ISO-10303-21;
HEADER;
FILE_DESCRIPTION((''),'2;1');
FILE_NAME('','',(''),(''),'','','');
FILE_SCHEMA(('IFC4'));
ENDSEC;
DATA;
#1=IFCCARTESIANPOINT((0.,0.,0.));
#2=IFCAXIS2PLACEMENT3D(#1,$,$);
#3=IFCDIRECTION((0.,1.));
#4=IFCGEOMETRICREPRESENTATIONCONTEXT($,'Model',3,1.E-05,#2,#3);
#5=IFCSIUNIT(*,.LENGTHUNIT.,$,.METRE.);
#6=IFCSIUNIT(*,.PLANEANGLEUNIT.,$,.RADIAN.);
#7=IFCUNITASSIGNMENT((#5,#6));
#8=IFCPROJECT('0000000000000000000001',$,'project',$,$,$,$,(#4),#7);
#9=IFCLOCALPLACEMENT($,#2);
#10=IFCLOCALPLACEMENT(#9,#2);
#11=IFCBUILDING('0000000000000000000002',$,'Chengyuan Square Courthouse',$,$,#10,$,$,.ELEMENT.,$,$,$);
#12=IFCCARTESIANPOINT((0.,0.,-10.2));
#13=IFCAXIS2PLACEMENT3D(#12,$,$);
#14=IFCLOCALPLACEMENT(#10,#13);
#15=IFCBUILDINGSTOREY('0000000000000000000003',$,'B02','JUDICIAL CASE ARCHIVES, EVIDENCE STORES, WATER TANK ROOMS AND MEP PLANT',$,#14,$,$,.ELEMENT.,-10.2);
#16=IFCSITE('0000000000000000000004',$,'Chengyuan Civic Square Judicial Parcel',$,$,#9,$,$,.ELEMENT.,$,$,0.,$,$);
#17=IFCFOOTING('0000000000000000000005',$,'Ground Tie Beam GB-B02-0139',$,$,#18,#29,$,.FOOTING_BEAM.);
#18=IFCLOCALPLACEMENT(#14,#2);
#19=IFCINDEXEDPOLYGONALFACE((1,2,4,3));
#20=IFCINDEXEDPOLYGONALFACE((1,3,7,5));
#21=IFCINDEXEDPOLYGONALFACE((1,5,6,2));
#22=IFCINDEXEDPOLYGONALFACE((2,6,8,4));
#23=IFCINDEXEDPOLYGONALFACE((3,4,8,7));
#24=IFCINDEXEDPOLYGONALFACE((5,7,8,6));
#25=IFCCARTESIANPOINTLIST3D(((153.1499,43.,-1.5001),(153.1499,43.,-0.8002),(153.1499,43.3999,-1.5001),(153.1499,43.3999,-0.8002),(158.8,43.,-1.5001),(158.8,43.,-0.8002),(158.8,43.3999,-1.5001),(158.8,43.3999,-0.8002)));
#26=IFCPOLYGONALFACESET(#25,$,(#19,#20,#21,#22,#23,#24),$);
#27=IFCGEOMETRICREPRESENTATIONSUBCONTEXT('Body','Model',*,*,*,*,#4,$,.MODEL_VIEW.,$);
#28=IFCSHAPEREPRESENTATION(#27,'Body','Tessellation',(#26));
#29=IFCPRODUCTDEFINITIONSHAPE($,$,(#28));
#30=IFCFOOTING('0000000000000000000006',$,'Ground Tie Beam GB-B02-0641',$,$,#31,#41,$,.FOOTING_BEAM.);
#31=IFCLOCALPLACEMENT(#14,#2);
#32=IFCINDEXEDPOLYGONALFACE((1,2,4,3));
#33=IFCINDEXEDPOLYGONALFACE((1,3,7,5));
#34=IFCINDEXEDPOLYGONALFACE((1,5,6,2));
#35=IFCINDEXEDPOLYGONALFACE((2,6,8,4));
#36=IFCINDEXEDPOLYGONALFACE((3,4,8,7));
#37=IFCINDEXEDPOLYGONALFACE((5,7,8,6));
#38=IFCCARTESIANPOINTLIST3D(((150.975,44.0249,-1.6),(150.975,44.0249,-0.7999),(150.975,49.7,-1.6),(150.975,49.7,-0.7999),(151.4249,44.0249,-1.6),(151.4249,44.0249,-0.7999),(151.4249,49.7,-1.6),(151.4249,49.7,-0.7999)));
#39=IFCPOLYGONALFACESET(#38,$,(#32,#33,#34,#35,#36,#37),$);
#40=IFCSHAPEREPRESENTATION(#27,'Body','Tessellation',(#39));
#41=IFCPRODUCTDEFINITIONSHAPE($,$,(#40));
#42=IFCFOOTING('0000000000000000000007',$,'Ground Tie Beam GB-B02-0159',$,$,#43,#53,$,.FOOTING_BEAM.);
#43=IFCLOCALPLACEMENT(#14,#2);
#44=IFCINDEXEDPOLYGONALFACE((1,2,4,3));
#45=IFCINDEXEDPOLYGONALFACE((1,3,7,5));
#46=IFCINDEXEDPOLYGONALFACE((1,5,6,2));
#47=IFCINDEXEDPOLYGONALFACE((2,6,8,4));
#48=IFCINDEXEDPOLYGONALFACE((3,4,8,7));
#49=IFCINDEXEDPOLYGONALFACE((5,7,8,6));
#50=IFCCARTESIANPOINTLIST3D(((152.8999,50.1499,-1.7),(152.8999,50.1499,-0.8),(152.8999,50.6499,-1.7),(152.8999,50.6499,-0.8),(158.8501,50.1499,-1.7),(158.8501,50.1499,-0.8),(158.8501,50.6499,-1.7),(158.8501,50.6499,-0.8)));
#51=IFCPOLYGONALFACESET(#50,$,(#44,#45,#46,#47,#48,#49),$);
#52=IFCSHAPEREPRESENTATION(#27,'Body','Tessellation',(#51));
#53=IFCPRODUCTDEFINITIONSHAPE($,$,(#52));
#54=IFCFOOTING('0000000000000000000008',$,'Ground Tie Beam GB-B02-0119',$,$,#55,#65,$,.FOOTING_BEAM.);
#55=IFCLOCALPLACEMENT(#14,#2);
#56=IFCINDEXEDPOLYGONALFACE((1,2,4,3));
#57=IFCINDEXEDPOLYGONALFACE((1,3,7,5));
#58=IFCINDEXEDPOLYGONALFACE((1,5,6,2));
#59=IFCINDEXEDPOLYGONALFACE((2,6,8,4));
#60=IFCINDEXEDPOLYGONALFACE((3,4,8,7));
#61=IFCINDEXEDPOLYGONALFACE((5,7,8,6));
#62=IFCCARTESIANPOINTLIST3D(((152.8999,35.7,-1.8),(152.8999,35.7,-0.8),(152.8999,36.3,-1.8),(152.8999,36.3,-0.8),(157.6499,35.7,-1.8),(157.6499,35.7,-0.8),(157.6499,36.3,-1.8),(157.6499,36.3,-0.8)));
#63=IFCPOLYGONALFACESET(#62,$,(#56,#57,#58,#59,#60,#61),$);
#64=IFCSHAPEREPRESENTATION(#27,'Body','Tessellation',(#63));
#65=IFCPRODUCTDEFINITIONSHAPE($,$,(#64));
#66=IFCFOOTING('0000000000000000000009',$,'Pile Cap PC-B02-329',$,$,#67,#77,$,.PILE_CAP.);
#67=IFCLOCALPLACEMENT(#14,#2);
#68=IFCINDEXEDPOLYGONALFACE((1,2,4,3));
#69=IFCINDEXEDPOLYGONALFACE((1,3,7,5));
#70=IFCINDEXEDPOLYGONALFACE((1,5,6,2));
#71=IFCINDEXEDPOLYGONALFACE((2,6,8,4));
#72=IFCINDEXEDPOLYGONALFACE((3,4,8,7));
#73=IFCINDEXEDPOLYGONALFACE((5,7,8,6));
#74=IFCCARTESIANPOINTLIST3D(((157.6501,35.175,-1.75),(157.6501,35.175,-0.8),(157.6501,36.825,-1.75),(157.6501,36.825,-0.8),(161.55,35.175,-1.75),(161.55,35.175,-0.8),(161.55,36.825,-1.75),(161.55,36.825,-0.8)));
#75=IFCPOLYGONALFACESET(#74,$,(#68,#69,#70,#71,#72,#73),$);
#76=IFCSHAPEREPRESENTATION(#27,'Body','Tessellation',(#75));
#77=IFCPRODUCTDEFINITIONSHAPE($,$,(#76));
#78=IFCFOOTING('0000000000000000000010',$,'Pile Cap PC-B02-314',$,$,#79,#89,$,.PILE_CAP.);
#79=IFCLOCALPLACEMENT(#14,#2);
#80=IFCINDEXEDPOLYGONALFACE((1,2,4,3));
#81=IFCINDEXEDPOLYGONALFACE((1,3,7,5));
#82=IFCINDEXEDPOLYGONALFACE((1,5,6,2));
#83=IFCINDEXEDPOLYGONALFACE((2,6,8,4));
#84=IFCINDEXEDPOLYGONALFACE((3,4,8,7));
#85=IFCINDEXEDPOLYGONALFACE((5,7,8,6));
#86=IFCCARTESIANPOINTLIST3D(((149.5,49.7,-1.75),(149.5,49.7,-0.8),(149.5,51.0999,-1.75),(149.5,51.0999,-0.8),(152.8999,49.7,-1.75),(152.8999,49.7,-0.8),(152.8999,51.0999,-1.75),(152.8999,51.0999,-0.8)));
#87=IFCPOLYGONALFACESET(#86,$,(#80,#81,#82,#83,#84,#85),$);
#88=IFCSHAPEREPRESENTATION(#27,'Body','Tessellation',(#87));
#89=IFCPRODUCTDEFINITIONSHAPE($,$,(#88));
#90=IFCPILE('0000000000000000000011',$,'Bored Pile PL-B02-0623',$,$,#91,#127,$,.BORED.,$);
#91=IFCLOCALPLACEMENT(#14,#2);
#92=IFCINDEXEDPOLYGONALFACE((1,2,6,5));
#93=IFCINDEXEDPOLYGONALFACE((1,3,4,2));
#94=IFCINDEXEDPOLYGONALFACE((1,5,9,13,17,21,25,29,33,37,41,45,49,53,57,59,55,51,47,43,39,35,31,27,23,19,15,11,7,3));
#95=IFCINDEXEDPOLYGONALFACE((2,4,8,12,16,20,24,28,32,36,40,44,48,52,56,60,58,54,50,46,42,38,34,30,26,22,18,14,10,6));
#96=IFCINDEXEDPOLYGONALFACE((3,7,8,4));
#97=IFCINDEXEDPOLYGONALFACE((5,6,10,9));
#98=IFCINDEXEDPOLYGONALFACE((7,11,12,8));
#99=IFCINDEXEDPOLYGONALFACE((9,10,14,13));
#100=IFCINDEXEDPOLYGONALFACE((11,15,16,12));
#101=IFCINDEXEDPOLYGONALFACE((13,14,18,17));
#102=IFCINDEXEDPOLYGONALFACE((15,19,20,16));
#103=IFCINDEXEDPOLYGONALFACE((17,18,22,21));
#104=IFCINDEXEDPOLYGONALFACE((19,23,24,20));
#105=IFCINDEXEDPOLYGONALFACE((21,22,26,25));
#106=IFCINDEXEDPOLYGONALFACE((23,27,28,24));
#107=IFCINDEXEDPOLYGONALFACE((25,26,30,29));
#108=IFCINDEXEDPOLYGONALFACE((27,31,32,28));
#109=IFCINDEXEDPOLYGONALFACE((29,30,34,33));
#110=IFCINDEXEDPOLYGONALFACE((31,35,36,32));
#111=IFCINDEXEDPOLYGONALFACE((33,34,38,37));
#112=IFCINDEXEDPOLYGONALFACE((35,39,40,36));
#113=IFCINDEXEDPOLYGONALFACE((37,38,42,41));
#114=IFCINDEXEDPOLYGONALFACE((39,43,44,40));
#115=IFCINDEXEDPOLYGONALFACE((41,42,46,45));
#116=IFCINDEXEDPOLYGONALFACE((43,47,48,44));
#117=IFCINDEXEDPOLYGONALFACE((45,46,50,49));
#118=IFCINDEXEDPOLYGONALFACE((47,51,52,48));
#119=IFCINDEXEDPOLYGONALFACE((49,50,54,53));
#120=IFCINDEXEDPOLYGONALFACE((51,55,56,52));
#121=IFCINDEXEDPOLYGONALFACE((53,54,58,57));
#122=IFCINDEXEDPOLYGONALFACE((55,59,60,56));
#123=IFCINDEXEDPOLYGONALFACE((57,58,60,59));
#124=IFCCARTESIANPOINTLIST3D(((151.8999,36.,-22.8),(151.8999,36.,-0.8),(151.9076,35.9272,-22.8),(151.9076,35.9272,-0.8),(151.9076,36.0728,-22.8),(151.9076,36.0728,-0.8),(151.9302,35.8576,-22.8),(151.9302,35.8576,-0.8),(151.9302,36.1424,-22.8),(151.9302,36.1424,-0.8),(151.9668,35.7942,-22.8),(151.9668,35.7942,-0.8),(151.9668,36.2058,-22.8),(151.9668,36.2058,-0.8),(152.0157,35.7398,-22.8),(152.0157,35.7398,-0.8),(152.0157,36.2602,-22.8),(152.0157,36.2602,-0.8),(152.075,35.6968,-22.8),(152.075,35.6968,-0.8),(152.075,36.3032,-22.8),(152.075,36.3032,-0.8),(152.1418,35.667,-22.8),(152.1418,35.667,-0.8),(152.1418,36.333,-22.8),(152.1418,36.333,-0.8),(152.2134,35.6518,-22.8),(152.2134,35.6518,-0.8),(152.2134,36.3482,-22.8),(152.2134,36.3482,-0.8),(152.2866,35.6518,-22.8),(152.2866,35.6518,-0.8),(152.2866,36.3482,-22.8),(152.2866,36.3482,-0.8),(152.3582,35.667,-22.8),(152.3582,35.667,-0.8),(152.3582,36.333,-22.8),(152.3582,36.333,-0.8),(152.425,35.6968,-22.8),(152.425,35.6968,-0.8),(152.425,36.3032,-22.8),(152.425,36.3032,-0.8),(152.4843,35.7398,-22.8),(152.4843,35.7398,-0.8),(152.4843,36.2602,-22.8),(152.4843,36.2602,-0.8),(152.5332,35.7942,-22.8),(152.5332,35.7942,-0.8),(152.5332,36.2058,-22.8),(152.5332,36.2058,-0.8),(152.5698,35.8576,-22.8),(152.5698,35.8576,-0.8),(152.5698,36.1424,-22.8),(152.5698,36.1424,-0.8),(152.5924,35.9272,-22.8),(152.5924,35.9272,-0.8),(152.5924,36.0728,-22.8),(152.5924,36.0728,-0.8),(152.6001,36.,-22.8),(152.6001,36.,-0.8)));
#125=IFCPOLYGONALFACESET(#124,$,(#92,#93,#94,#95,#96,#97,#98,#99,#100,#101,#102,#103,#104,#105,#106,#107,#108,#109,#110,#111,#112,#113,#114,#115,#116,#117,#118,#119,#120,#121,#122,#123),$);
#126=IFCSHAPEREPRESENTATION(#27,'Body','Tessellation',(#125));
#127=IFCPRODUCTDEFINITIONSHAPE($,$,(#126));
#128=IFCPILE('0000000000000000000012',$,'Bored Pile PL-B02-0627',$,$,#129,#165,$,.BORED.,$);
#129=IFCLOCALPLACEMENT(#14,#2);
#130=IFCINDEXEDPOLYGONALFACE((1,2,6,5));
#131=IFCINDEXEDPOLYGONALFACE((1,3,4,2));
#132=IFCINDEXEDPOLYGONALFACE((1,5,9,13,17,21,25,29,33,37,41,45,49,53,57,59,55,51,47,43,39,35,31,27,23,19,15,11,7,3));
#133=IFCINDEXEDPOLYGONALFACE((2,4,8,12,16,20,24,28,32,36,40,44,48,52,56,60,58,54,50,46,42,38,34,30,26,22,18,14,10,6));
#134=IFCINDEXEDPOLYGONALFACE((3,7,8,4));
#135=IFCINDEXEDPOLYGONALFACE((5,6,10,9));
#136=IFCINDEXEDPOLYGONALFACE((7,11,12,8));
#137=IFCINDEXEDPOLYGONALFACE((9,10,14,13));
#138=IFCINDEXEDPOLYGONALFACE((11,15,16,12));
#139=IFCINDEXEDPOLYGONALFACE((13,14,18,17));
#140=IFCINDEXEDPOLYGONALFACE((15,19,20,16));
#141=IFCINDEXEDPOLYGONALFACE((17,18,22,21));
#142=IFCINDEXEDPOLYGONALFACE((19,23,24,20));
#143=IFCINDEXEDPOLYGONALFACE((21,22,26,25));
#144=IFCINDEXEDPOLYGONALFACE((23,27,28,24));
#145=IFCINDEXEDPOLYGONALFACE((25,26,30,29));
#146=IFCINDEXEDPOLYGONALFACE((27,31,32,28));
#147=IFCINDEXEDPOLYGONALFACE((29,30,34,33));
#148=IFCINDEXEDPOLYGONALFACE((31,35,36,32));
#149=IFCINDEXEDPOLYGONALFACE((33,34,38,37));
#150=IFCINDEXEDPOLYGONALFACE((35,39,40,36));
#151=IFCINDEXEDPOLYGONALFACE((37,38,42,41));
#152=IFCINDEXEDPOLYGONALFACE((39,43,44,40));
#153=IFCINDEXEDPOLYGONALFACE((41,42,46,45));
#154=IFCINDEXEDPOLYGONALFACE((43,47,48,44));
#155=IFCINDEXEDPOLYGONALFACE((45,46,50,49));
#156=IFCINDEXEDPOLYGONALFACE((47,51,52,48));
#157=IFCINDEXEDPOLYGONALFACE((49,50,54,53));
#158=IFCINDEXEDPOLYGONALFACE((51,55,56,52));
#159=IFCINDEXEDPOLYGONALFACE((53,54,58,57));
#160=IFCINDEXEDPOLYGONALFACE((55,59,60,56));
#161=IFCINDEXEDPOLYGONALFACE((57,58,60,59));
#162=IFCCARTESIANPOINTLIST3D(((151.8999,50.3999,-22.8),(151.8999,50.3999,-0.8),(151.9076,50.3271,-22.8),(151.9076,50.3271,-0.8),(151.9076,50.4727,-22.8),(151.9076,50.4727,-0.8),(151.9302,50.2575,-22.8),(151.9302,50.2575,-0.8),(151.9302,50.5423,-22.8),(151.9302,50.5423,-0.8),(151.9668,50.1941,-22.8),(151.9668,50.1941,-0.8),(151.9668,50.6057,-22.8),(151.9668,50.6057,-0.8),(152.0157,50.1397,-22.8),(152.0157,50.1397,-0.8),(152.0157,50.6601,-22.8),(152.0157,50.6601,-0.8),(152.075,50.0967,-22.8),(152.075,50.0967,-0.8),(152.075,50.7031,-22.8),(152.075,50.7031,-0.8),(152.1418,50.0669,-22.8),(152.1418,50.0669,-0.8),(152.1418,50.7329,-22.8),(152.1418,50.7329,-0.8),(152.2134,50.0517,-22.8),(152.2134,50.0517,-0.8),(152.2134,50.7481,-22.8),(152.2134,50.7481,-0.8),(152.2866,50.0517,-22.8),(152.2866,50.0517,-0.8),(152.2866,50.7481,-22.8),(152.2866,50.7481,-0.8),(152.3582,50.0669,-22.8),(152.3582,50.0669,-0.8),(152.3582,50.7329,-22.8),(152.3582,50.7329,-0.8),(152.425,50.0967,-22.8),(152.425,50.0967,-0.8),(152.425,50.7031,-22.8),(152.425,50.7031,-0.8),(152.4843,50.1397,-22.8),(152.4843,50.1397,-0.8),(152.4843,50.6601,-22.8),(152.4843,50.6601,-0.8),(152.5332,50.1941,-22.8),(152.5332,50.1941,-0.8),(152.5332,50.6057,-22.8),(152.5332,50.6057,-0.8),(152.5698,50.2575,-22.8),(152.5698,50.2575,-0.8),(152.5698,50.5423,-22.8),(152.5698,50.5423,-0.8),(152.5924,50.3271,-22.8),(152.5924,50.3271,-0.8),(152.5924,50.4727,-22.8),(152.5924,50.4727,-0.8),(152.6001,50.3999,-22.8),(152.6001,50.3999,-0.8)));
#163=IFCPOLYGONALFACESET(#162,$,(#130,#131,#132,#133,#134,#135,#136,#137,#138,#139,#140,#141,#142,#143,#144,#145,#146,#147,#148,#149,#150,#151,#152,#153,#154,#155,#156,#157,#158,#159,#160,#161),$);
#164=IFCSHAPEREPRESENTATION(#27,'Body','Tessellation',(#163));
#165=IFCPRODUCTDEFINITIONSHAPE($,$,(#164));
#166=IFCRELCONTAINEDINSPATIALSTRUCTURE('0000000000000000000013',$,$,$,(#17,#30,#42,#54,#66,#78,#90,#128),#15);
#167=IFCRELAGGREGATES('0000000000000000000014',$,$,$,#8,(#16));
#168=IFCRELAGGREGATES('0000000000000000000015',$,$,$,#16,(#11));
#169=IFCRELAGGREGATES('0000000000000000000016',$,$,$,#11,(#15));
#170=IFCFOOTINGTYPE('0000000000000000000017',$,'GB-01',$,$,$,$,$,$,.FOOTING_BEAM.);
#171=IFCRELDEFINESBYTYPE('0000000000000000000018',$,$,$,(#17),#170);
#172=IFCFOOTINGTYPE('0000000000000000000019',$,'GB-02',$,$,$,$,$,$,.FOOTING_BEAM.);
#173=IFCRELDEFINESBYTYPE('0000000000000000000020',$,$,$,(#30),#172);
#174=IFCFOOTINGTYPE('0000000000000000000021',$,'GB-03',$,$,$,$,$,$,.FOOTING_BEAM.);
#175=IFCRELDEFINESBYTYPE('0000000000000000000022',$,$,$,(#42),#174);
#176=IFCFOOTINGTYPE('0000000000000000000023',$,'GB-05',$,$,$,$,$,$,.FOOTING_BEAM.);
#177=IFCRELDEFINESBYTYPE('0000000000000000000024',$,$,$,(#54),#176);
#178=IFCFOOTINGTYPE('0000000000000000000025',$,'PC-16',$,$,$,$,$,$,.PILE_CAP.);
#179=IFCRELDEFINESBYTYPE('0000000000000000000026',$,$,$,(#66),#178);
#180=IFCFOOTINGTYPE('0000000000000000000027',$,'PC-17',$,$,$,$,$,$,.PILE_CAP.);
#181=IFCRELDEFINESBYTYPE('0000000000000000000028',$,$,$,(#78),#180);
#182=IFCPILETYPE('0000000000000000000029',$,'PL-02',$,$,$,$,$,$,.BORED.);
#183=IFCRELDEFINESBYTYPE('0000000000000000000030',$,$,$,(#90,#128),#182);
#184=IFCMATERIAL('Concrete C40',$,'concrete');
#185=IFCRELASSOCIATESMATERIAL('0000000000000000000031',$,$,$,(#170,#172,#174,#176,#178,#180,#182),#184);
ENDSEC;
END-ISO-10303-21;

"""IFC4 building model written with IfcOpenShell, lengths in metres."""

from ifc_helpers import new_model, si_unit, direction, frame, origin, origin_2d, place, context, subcontext, project, spatial, rectangle, circle, extrude, material, material_profile, profile_set, type_object, element, save


model = new_model("IFC4")

# Units and contexts
model_context = context("Model", 3, precision=1e-05, world=origin(), true_north=direction((0.0, 1.0)))
body_context = subcontext(model_context, "Body", "Model", "MODEL_VIEW")
ifc_project = project(units=[si_unit("LENGTHUNIT", "METRE"), si_unit("PLANEANGLEUNIT", "RADIAN")], contexts=[model_context])

# Site, building, storey
site_placement = place(None, origin())
site = spatial("IfcSite", under=ifc_project, at=site_placement, Name="Chengyuan Civic Square Judicial Parcel", CompositionType="ELEMENT", RefElevation=0.0)
building_placement = place(site_placement, origin())
building = spatial("IfcBuilding", under=site, at=building_placement, Name="Chengyuan Square Courthouse", CompositionType="ELEMENT")
storey_placement = place(building_placement, frame((0.0, 0.0, -10.2)))
storey = spatial("IfcBuildingStorey", under=building, at=storey_placement, Name="B02", Description="JUDICIAL CASE ARCHIVES, EVIDENCE STORES, WATER TANK ROOMS AND MEP PLANT", CompositionType="ELEMENT", Elevation=-10.2)

# Footings
ifc_material_1 = material(Name="Concrete C40", Category="concrete")
ifc_material_profile_1 = material_profile(ifc_material_1, rectangle(XDim=0.3999, YDim=0.7, at=origin_2d()), Name="GB-400x700")
ifc_profile_set_1 = profile_set([ifc_material_profile_1], Name="Concrete C40")
footing_type_1 = type_object("IfcFootingType", Name="GB-01", PredefinedType="FOOTING_BEAM", material=ifc_profile_set_1)
footing_1_placement = place(storey_placement, frame((153.1499, 43.2, -1.1501), z_axis=(1.0, 0.0, 0.0), x_axis=(0.0, 1.0, 0.0)))
element("IfcFooting", 1, at=footing_1_placement, inside=storey, type_object=footing_type_1, Name="Ground Tie Beam GB-B02-0139", PredefinedType="FOOTING_BEAM", context=body_context, shape_type="SweptSolid", body=[
    extrude(rectangle(XDim=0.3999, YDim=0.7, at=origin_2d()), origin(), (0.0, 0.0, 1.0), 5.6501),
])
ifc_material_profile_2 = material_profile(ifc_material_1, rectangle(XDim=0.45, YDim=0.8, at=origin_2d()), Name="GB-450x800")
ifc_profile_set_2 = profile_set([ifc_material_profile_2], Name="Concrete C40")
footing_type_2 = type_object("IfcFootingType", Name="GB-02", PredefinedType="FOOTING_BEAM", material=ifc_profile_set_2)
footing_2_placement = place(storey_placement, frame((151.2, 44.0249, -1.2), z_axis=(0.0, 1.0, 0.0), x_axis=(-1.0, 0.0, 0.0)))
element("IfcFooting", 2, at=footing_2_placement, inside=storey, type_object=footing_type_2, Name="Ground Tie Beam GB-B02-0641", PredefinedType="FOOTING_BEAM", context=body_context, shape_type="SweptSolid", body=[
    extrude(rectangle(XDim=0.45, YDim=0.8, at=origin_2d()), origin(), (0.0, 0.0, 1.0), 5.675),
])
ifc_material_profile_3 = material_profile(ifc_material_1, rectangle(XDim=0.5, YDim=0.8999, at=origin_2d()), Name="GB-500x900")
ifc_profile_set_3 = profile_set([ifc_material_profile_3], Name="Concrete C40")
footing_type_3 = type_object("IfcFootingType", Name="GB-03", PredefinedType="FOOTING_BEAM", material=ifc_profile_set_3)
footing_3_placement = place(storey_placement, frame((152.8999, 50.3999, -1.25), z_axis=(1.0, 0.0, 0.0), x_axis=(0.0, 1.0, 0.0)))
element("IfcFooting", 3, at=footing_3_placement, inside=storey, type_object=footing_type_3, Name="Ground Tie Beam GB-B02-0159", PredefinedType="FOOTING_BEAM", context=body_context, shape_type="SweptSolid", body=[
    extrude(rectangle(XDim=0.5, YDim=0.8999, at=origin_2d()), origin(), (0.0, 0.0, 1.0), 5.9502),
])
ifc_material_profile_4 = material_profile(ifc_material_1, rectangle(XDim=0.6001, YDim=1.0, at=origin_2d()), Name="GB-600x1000")
ifc_profile_set_4 = profile_set([ifc_material_profile_4], Name="Concrete C40")
footing_type_4 = type_object("IfcFootingType", Name="GB-05", PredefinedType="FOOTING_BEAM", material=ifc_profile_set_4)
footing_4_placement = place(storey_placement, frame((152.8999, 36.0, -1.3), z_axis=(1.0, 0.0, 0.0), x_axis=(0.0, 1.0, 0.0)))
element("IfcFooting", 4, at=footing_4_placement, inside=storey, type_object=footing_type_4, Name="Ground Tie Beam GB-B02-0119", PredefinedType="FOOTING_BEAM", context=body_context, shape_type="SweptSolid", body=[
    extrude(rectangle(XDim=0.6001, YDim=1.0, at=origin_2d()), origin(), (0.0, 0.0, 1.0), 4.75),
])
footing_type_5 = type_object("IfcFootingType", Name="PC-16", PredefinedType="PILE_CAP", material=ifc_material_1)
footing_5_placement = place(storey_placement, frame((159.6001, 36.0, -1.75), z_axis=(0.0, 0.0, 1.0), x_axis=(1.0, 0.0, 0.0)))
element("IfcFooting", 5, at=footing_5_placement, inside=storey, type_object=footing_type_5, Name="Pile Cap PC-B02-329", PredefinedType="PILE_CAP", context=body_context, shape_type="SweptSolid", body=[
    extrude(rectangle(XDim=3.8999, YDim=1.6499, at=origin_2d()), origin(), (0.0, 0.0, 1.0), 0.95),
])
footing_type_6 = type_object("IfcFootingType", Name="PC-17", PredefinedType="PILE_CAP", material=ifc_material_1)
footing_6_placement = place(storey_placement, frame((151.2, 50.3999, -1.75), z_axis=(0.0, 0.0, 1.0), x_axis=(1.0, 0.0, 0.0)))
element("IfcFooting", 6, at=footing_6_placement, inside=storey, type_object=footing_type_6, Name="Pile Cap PC-B02-314", PredefinedType="PILE_CAP", context=body_context, shape_type="SweptSolid", body=[
    extrude(rectangle(XDim=3.3999, YDim=1.3999, at=origin_2d()), origin(), (0.0, 0.0, 1.0), 0.95),
])

# Piles
ifc_material_profile_5 = material_profile(ifc_material_1, circle(Radius=0.3501, at=origin_2d()), Name="BORED PILE D700")
ifc_profile_set_5 = profile_set([ifc_material_profile_5], Name="Concrete C40")
pile_type_1 = type_object("IfcPileType", Name="PL-02", PredefinedType="BORED", material=ifc_profile_set_5)
for number, where, z_axis, x_axis, name in (
    (7, (152.25, 36.0, -0.8), (0.0, 0.0, -1.0), (1.0, 0.0, 0.0), "Bored Pile PL-B02-0623"),
    (8, (152.25, 50.3999, -0.8), (0.0, 0.0, -1.0), (1.0, 0.0, 0.0), "Bored Pile PL-B02-0627"),
):
    element("IfcPile", number, at=place(storey_placement, frame(where, z_axis=z_axis, x_axis=x_axis)), inside=storey, type_object=pile_type_1, Name=name, PredefinedType="BORED", context=body_context, shape_type="SweptSolid", body=[
        extrude(circle(Radius=0.3501, at=origin_2d()), origin(), (0.0, 0.0, 1.0), 22.0),
    ])

save(model, "model.ifc")
